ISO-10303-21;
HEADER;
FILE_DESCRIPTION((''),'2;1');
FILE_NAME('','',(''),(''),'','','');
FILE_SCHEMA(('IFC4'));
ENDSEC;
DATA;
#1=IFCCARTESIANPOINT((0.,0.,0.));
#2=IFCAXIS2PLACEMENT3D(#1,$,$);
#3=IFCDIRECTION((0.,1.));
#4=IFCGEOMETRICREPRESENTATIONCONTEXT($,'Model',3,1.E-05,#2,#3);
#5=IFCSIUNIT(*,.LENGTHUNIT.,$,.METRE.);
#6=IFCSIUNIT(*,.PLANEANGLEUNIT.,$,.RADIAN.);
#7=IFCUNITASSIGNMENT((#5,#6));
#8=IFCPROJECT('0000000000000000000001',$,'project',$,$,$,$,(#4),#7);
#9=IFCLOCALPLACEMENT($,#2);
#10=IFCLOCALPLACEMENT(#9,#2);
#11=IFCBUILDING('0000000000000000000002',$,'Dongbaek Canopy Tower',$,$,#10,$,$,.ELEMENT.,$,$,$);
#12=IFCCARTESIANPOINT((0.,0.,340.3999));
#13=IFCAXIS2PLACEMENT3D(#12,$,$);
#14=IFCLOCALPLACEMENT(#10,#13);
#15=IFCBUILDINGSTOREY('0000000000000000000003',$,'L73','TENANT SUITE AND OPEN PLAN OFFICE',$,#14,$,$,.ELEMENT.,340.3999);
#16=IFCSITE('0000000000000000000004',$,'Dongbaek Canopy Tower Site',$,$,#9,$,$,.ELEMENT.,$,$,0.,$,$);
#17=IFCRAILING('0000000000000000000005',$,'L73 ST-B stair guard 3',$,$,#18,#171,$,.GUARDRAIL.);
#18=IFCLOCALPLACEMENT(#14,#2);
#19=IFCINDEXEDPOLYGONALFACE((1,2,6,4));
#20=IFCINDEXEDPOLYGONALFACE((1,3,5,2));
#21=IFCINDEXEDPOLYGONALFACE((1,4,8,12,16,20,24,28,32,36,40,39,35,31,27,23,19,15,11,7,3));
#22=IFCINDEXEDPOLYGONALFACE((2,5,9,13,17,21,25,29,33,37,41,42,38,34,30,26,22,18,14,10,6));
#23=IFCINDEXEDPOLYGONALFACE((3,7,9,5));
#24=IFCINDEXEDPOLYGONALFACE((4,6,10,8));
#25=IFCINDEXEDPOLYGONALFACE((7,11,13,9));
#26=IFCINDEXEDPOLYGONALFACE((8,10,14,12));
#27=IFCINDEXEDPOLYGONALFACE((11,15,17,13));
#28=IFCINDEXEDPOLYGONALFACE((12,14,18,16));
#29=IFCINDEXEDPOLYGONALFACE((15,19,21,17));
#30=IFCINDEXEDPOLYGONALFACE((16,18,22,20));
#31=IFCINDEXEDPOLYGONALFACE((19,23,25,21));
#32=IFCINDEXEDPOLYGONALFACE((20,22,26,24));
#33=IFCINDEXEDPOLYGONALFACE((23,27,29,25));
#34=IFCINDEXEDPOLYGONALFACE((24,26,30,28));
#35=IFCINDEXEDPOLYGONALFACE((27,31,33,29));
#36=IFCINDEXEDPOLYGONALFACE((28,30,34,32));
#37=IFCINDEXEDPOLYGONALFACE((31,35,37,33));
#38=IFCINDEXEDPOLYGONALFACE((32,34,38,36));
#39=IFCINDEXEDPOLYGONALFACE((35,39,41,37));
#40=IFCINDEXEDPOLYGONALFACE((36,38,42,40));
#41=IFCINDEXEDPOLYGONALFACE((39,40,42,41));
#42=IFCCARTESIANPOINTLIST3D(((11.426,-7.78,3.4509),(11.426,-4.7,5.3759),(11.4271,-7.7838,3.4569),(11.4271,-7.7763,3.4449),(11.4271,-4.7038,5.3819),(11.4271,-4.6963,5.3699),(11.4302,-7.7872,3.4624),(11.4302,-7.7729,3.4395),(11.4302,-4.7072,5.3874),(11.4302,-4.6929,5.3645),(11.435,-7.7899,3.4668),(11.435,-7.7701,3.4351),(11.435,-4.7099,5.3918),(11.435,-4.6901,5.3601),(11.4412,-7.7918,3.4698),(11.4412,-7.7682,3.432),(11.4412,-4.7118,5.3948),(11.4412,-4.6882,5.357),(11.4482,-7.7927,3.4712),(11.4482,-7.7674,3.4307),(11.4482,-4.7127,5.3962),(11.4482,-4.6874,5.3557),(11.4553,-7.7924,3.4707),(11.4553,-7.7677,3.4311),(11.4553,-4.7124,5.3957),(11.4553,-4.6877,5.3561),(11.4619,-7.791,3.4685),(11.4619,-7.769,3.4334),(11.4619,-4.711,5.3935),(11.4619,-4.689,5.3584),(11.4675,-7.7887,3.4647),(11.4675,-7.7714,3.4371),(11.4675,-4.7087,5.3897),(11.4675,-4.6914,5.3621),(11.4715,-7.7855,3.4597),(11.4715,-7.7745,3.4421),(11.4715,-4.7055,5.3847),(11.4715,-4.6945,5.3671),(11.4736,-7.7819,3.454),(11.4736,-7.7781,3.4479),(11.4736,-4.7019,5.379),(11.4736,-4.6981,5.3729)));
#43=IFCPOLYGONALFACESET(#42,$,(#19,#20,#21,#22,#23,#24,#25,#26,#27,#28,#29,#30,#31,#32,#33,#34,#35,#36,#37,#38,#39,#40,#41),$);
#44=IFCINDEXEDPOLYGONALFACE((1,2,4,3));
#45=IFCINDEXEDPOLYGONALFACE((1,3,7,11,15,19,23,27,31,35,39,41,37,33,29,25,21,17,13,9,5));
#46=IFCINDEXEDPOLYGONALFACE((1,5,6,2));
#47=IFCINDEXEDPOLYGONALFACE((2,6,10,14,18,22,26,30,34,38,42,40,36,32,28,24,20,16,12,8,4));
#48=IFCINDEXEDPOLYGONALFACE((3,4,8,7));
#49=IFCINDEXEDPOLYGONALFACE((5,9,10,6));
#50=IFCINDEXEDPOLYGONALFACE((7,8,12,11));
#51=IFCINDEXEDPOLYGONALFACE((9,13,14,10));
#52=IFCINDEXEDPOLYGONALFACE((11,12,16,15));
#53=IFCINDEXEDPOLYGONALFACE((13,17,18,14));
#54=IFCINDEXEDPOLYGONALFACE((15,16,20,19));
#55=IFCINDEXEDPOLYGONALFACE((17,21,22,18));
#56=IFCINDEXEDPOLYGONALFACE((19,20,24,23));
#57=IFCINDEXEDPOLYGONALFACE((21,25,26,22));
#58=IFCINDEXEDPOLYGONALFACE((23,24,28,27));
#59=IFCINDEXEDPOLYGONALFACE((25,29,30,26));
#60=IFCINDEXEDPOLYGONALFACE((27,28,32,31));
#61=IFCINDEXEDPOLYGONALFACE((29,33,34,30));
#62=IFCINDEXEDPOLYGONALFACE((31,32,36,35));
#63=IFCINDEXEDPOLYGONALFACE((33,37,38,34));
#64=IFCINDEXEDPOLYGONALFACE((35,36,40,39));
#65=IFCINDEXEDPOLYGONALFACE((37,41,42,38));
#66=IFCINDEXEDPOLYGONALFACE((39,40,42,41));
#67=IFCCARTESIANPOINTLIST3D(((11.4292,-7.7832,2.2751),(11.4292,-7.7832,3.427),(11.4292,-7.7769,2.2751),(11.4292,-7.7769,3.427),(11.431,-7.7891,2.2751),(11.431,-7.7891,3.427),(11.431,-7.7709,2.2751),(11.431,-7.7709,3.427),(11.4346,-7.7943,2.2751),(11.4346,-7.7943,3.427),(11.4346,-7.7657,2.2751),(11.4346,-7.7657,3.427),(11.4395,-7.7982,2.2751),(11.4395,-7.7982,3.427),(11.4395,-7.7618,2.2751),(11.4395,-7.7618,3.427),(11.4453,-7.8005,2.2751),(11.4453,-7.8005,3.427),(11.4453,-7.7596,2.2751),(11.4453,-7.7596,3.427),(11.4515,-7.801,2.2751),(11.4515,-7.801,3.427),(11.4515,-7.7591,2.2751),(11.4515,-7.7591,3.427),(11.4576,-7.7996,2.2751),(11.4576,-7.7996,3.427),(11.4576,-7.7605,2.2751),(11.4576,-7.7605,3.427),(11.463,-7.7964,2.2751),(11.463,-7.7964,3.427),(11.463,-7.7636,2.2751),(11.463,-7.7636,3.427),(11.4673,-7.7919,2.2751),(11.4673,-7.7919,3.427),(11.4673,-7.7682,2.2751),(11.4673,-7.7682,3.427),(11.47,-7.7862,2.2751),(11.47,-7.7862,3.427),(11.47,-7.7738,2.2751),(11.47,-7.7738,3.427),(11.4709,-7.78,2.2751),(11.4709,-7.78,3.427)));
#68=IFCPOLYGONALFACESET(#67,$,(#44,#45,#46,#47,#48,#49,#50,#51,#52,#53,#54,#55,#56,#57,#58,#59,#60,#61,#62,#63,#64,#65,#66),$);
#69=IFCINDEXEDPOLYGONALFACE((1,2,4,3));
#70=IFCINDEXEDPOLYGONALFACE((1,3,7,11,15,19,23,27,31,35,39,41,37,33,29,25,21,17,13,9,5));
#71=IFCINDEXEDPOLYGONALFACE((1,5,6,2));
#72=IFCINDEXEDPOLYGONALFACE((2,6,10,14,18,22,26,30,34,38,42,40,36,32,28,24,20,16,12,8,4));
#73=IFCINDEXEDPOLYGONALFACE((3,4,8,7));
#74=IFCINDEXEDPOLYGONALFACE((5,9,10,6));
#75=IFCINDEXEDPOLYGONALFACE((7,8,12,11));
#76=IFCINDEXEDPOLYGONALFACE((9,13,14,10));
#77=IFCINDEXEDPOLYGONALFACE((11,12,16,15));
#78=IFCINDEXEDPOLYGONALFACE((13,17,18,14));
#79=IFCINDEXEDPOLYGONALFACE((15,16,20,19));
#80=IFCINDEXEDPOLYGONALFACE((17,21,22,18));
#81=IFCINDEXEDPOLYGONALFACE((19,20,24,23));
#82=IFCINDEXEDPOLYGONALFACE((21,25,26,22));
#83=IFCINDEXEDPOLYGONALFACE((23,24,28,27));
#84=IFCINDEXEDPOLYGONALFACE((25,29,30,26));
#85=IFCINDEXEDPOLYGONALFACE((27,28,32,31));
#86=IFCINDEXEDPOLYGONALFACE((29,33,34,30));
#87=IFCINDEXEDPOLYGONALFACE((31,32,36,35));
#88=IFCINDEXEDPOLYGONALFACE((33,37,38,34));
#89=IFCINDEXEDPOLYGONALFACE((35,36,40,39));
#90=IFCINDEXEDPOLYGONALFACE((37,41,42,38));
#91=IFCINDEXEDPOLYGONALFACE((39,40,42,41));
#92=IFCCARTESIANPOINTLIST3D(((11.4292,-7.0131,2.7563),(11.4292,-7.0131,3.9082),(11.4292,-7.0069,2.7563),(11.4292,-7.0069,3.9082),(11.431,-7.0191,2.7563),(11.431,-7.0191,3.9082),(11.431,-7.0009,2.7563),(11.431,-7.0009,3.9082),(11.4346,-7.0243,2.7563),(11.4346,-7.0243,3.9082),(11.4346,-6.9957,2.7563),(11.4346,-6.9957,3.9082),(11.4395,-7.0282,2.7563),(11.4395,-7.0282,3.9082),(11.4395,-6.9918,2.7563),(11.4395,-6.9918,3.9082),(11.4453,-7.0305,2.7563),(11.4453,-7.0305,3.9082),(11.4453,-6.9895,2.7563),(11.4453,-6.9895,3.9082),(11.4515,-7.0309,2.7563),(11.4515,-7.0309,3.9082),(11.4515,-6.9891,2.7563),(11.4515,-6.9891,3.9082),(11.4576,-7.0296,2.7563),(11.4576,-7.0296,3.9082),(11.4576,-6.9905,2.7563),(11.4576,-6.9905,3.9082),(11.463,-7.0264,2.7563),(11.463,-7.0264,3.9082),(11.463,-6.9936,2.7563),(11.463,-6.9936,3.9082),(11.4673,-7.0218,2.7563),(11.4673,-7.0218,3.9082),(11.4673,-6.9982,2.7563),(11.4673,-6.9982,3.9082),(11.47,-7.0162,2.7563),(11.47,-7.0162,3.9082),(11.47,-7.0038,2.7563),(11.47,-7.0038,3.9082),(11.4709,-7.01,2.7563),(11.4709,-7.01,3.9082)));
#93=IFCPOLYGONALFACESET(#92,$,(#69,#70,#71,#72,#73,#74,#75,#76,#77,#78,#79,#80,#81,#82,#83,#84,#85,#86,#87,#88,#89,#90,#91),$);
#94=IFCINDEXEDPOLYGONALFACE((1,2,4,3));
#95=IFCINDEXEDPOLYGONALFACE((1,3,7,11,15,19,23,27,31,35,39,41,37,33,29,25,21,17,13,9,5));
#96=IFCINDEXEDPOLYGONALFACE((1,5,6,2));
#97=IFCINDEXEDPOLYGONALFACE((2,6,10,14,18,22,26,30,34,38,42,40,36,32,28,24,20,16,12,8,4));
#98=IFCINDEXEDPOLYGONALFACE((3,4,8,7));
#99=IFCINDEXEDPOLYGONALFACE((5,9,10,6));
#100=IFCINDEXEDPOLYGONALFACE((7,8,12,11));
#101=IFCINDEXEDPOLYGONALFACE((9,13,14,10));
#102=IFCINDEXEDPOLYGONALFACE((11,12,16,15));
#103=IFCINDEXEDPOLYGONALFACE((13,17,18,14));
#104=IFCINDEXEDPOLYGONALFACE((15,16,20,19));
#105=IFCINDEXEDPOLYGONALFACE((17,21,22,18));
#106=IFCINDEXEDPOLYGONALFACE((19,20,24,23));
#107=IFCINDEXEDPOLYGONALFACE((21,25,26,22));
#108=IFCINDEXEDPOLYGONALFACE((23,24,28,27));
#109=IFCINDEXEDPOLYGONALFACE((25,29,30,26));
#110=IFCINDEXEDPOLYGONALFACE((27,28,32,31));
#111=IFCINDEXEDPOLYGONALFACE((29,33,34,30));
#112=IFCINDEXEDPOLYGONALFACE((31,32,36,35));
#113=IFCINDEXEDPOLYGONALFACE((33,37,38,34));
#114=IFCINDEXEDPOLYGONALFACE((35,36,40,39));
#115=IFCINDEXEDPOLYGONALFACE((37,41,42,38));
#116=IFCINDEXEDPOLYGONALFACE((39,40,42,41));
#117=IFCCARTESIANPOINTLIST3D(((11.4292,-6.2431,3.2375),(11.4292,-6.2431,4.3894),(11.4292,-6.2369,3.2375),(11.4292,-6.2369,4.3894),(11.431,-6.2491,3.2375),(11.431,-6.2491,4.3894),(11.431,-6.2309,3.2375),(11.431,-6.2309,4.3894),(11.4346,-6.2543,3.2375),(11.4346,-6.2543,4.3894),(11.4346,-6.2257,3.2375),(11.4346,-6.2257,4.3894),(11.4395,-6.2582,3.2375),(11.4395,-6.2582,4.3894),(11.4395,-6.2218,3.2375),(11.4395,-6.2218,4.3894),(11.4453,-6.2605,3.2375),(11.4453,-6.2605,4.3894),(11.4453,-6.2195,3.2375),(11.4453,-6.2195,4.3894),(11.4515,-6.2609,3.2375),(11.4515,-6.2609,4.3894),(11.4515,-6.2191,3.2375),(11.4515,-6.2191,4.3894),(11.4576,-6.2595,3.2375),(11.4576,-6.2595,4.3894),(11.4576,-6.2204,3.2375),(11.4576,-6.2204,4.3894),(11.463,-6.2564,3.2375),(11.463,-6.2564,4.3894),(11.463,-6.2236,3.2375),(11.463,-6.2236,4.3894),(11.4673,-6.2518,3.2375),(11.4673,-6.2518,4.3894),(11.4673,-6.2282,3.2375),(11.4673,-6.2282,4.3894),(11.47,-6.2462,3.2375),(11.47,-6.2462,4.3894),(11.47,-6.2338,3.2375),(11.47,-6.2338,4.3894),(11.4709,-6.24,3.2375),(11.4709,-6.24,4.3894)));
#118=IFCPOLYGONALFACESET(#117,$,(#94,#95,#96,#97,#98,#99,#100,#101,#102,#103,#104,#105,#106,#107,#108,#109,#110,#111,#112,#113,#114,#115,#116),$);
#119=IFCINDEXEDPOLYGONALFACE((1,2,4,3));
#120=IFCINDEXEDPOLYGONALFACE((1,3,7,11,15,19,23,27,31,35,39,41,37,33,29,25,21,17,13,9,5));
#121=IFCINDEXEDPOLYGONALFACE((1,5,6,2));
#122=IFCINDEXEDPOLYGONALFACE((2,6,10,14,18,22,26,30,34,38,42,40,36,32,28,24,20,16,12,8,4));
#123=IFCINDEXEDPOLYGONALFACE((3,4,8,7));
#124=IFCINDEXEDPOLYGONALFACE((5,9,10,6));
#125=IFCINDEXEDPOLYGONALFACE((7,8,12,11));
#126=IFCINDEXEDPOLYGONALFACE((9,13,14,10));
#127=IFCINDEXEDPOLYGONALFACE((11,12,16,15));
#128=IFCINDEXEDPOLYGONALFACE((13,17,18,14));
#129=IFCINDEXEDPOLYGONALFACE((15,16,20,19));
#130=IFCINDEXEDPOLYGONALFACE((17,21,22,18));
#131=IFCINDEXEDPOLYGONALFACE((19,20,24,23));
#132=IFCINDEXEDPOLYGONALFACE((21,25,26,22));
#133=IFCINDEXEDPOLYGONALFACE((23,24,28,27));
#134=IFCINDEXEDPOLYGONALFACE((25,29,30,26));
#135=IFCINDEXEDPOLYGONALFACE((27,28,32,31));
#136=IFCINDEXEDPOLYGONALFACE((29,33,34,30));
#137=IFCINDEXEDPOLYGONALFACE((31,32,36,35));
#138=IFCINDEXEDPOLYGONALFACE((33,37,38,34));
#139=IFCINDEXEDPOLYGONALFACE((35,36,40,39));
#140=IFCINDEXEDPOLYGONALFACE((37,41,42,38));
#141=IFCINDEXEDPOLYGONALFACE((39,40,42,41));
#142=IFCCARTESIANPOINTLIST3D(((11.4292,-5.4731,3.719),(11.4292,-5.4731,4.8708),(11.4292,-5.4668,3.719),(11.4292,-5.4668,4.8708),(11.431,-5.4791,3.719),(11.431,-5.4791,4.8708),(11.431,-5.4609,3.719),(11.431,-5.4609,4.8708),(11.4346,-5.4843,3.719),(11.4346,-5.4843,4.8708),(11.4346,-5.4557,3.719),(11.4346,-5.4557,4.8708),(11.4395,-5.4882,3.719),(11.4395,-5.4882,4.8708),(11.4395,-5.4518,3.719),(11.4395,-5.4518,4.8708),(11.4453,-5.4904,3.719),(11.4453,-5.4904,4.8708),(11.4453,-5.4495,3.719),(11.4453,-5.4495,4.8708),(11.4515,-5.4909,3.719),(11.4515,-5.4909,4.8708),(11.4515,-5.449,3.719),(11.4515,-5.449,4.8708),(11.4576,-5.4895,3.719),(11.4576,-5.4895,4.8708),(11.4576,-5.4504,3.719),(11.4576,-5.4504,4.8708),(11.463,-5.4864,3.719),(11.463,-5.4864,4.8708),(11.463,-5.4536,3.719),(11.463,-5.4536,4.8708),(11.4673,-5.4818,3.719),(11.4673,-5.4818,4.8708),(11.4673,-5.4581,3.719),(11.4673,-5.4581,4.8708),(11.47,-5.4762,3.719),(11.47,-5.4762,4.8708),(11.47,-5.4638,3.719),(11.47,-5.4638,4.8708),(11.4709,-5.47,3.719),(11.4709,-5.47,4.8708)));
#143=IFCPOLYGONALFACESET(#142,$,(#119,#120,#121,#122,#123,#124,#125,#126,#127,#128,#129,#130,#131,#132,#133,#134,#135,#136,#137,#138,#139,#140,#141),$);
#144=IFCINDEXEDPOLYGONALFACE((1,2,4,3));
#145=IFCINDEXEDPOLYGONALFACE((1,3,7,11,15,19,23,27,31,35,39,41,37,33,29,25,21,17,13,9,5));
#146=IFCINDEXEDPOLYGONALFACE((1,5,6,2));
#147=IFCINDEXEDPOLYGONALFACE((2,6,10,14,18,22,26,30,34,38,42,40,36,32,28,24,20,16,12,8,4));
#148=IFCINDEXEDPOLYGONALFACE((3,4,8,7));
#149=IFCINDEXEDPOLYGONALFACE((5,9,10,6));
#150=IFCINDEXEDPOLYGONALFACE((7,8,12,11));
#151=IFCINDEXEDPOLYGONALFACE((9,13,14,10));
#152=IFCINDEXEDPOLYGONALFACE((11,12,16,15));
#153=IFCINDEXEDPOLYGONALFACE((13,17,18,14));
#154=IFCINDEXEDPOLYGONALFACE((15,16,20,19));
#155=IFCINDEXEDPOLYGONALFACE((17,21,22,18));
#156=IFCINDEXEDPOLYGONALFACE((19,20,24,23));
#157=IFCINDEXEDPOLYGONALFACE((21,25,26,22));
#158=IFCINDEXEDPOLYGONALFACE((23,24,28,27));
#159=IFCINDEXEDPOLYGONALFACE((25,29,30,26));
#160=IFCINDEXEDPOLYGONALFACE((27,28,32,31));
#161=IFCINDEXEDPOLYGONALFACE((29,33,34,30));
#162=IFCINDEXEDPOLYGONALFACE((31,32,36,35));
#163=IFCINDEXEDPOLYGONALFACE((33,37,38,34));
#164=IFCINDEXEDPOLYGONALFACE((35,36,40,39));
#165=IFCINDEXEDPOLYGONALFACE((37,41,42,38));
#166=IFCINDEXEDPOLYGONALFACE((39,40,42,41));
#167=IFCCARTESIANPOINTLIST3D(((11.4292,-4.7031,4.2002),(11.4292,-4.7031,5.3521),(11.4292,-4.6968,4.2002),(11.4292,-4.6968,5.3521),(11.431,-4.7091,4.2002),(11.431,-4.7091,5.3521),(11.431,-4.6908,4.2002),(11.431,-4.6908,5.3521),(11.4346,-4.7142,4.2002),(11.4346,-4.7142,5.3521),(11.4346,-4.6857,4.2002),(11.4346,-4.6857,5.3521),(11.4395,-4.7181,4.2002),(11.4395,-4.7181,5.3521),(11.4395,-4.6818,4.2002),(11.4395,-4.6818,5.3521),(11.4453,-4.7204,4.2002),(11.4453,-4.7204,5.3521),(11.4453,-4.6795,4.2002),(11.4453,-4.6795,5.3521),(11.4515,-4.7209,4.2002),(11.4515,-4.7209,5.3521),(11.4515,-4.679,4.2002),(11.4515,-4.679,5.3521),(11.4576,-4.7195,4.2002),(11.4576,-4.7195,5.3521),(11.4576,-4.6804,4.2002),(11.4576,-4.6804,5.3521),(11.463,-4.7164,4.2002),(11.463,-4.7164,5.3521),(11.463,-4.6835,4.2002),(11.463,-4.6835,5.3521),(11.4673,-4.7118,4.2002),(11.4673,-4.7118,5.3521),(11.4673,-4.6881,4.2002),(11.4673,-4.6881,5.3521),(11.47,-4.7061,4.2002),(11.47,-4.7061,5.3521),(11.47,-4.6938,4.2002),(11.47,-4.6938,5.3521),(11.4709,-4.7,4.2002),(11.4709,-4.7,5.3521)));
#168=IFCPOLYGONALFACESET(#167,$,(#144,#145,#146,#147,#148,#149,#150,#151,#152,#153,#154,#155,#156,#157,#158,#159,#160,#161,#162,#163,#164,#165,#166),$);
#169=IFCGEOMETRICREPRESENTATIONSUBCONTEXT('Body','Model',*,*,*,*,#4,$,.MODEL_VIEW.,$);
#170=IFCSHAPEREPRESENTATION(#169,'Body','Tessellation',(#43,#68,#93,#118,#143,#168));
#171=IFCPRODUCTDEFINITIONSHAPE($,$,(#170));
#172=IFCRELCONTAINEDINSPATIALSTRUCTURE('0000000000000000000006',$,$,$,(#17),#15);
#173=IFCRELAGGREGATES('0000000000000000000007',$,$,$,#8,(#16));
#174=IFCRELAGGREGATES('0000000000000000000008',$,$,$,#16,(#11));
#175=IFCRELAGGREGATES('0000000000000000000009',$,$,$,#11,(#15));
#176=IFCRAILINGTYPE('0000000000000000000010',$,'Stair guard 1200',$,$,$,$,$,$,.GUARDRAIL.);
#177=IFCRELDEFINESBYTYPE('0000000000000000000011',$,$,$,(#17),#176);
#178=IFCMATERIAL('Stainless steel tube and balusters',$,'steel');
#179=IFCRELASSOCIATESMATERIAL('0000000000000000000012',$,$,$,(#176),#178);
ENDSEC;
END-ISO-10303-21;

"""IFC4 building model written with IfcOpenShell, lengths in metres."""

from ifc_helpers import new_model, si_unit, direction, frame, origin, origin_2d, place, context, subcontext, project, spatial, circle, extrude, material, type_object, element, save


model = new_model("IFC4")

# Units and contexts
model_context = context("Model", 3, precision=1e-05, world=origin(), true_north=direction((0.0, 1.0)))
body_context = subcontext(model_context, "Body", "Model", "MODEL_VIEW")
ifc_project = project(units=[si_unit("LENGTHUNIT", "METRE"), si_unit("PLANEANGLEUNIT", "RADIAN")], contexts=[model_context])

# Site, building, storey
site_placement = place(None, origin())
site = spatial("IfcSite", under=ifc_project, at=site_placement, Name="Dongbaek Canopy Tower Site", CompositionType="ELEMENT", RefElevation=0.0)
building_placement = place(site_placement, origin())
building = spatial("IfcBuilding", under=site, at=building_placement, Name="Dongbaek Canopy Tower", CompositionType="ELEMENT")
storey_placement = place(building_placement, frame((0.0, 0.0, 340.3999)))
storey = spatial("IfcBuildingStorey", under=building, at=storey_placement, Name="L73", Description="TENANT SUITE AND OPEN PLAN OFFICE", CompositionType="ELEMENT", Elevation=340.3999)

# Railing
ifc_material_1 = material(Name="Stainless steel tube and balusters", Category="steel")
railing_type_1 = type_object("IfcRailingType", Name="Stair guard 1200", PredefinedType="GUARDRAIL", material=ifc_material_1)
railing_1_placement = place(storey_placement, frame((11.45, -7.78, 2.2751)))
element("IfcRailing", 1, at=railing_1_placement, inside=storey, type_object=railing_type_1, Name="L73 ST-B stair guard 3", PredefinedType="GUARDRAIL", context=body_context, shape_type="SweptSolid", body=[
    extrude(circle(Radius=0.0239, at=origin_2d()), frame((0.0, 0.0, 1.1758), z_axis=(0.0, 0.847998, 0.529999), x_axis=(-1.0, 0.0, 0.0)), (0.0, 0.0, 1.0), 3.6321),
    extrude(circle(Radius=0.021, at=origin_2d()), origin(), (0.0, 0.0, 1.0), 1.1519),
    extrude(circle(Radius=0.021, at=origin_2d()), frame((0.0, 0.77, 0.4812)), (0.0, 0.0, 1.0), 1.1519),
    extrude(circle(Radius=0.021, at=origin_2d()), frame((0.0, 1.54, 0.9624)), (0.0, 0.0, 1.0), 1.1519),
    extrude(circle(Radius=0.021, at=origin_2d()), frame((0.0, 2.3101, 1.4438)), (0.0, 0.0, 1.0), 1.1519),
    extrude(circle(Radius=0.021, at=origin_2d()), frame((0.0, 3.0801, 1.925)), (0.0, 0.0, 1.0), 1.1519),
])

save(model, "model.ifc")
